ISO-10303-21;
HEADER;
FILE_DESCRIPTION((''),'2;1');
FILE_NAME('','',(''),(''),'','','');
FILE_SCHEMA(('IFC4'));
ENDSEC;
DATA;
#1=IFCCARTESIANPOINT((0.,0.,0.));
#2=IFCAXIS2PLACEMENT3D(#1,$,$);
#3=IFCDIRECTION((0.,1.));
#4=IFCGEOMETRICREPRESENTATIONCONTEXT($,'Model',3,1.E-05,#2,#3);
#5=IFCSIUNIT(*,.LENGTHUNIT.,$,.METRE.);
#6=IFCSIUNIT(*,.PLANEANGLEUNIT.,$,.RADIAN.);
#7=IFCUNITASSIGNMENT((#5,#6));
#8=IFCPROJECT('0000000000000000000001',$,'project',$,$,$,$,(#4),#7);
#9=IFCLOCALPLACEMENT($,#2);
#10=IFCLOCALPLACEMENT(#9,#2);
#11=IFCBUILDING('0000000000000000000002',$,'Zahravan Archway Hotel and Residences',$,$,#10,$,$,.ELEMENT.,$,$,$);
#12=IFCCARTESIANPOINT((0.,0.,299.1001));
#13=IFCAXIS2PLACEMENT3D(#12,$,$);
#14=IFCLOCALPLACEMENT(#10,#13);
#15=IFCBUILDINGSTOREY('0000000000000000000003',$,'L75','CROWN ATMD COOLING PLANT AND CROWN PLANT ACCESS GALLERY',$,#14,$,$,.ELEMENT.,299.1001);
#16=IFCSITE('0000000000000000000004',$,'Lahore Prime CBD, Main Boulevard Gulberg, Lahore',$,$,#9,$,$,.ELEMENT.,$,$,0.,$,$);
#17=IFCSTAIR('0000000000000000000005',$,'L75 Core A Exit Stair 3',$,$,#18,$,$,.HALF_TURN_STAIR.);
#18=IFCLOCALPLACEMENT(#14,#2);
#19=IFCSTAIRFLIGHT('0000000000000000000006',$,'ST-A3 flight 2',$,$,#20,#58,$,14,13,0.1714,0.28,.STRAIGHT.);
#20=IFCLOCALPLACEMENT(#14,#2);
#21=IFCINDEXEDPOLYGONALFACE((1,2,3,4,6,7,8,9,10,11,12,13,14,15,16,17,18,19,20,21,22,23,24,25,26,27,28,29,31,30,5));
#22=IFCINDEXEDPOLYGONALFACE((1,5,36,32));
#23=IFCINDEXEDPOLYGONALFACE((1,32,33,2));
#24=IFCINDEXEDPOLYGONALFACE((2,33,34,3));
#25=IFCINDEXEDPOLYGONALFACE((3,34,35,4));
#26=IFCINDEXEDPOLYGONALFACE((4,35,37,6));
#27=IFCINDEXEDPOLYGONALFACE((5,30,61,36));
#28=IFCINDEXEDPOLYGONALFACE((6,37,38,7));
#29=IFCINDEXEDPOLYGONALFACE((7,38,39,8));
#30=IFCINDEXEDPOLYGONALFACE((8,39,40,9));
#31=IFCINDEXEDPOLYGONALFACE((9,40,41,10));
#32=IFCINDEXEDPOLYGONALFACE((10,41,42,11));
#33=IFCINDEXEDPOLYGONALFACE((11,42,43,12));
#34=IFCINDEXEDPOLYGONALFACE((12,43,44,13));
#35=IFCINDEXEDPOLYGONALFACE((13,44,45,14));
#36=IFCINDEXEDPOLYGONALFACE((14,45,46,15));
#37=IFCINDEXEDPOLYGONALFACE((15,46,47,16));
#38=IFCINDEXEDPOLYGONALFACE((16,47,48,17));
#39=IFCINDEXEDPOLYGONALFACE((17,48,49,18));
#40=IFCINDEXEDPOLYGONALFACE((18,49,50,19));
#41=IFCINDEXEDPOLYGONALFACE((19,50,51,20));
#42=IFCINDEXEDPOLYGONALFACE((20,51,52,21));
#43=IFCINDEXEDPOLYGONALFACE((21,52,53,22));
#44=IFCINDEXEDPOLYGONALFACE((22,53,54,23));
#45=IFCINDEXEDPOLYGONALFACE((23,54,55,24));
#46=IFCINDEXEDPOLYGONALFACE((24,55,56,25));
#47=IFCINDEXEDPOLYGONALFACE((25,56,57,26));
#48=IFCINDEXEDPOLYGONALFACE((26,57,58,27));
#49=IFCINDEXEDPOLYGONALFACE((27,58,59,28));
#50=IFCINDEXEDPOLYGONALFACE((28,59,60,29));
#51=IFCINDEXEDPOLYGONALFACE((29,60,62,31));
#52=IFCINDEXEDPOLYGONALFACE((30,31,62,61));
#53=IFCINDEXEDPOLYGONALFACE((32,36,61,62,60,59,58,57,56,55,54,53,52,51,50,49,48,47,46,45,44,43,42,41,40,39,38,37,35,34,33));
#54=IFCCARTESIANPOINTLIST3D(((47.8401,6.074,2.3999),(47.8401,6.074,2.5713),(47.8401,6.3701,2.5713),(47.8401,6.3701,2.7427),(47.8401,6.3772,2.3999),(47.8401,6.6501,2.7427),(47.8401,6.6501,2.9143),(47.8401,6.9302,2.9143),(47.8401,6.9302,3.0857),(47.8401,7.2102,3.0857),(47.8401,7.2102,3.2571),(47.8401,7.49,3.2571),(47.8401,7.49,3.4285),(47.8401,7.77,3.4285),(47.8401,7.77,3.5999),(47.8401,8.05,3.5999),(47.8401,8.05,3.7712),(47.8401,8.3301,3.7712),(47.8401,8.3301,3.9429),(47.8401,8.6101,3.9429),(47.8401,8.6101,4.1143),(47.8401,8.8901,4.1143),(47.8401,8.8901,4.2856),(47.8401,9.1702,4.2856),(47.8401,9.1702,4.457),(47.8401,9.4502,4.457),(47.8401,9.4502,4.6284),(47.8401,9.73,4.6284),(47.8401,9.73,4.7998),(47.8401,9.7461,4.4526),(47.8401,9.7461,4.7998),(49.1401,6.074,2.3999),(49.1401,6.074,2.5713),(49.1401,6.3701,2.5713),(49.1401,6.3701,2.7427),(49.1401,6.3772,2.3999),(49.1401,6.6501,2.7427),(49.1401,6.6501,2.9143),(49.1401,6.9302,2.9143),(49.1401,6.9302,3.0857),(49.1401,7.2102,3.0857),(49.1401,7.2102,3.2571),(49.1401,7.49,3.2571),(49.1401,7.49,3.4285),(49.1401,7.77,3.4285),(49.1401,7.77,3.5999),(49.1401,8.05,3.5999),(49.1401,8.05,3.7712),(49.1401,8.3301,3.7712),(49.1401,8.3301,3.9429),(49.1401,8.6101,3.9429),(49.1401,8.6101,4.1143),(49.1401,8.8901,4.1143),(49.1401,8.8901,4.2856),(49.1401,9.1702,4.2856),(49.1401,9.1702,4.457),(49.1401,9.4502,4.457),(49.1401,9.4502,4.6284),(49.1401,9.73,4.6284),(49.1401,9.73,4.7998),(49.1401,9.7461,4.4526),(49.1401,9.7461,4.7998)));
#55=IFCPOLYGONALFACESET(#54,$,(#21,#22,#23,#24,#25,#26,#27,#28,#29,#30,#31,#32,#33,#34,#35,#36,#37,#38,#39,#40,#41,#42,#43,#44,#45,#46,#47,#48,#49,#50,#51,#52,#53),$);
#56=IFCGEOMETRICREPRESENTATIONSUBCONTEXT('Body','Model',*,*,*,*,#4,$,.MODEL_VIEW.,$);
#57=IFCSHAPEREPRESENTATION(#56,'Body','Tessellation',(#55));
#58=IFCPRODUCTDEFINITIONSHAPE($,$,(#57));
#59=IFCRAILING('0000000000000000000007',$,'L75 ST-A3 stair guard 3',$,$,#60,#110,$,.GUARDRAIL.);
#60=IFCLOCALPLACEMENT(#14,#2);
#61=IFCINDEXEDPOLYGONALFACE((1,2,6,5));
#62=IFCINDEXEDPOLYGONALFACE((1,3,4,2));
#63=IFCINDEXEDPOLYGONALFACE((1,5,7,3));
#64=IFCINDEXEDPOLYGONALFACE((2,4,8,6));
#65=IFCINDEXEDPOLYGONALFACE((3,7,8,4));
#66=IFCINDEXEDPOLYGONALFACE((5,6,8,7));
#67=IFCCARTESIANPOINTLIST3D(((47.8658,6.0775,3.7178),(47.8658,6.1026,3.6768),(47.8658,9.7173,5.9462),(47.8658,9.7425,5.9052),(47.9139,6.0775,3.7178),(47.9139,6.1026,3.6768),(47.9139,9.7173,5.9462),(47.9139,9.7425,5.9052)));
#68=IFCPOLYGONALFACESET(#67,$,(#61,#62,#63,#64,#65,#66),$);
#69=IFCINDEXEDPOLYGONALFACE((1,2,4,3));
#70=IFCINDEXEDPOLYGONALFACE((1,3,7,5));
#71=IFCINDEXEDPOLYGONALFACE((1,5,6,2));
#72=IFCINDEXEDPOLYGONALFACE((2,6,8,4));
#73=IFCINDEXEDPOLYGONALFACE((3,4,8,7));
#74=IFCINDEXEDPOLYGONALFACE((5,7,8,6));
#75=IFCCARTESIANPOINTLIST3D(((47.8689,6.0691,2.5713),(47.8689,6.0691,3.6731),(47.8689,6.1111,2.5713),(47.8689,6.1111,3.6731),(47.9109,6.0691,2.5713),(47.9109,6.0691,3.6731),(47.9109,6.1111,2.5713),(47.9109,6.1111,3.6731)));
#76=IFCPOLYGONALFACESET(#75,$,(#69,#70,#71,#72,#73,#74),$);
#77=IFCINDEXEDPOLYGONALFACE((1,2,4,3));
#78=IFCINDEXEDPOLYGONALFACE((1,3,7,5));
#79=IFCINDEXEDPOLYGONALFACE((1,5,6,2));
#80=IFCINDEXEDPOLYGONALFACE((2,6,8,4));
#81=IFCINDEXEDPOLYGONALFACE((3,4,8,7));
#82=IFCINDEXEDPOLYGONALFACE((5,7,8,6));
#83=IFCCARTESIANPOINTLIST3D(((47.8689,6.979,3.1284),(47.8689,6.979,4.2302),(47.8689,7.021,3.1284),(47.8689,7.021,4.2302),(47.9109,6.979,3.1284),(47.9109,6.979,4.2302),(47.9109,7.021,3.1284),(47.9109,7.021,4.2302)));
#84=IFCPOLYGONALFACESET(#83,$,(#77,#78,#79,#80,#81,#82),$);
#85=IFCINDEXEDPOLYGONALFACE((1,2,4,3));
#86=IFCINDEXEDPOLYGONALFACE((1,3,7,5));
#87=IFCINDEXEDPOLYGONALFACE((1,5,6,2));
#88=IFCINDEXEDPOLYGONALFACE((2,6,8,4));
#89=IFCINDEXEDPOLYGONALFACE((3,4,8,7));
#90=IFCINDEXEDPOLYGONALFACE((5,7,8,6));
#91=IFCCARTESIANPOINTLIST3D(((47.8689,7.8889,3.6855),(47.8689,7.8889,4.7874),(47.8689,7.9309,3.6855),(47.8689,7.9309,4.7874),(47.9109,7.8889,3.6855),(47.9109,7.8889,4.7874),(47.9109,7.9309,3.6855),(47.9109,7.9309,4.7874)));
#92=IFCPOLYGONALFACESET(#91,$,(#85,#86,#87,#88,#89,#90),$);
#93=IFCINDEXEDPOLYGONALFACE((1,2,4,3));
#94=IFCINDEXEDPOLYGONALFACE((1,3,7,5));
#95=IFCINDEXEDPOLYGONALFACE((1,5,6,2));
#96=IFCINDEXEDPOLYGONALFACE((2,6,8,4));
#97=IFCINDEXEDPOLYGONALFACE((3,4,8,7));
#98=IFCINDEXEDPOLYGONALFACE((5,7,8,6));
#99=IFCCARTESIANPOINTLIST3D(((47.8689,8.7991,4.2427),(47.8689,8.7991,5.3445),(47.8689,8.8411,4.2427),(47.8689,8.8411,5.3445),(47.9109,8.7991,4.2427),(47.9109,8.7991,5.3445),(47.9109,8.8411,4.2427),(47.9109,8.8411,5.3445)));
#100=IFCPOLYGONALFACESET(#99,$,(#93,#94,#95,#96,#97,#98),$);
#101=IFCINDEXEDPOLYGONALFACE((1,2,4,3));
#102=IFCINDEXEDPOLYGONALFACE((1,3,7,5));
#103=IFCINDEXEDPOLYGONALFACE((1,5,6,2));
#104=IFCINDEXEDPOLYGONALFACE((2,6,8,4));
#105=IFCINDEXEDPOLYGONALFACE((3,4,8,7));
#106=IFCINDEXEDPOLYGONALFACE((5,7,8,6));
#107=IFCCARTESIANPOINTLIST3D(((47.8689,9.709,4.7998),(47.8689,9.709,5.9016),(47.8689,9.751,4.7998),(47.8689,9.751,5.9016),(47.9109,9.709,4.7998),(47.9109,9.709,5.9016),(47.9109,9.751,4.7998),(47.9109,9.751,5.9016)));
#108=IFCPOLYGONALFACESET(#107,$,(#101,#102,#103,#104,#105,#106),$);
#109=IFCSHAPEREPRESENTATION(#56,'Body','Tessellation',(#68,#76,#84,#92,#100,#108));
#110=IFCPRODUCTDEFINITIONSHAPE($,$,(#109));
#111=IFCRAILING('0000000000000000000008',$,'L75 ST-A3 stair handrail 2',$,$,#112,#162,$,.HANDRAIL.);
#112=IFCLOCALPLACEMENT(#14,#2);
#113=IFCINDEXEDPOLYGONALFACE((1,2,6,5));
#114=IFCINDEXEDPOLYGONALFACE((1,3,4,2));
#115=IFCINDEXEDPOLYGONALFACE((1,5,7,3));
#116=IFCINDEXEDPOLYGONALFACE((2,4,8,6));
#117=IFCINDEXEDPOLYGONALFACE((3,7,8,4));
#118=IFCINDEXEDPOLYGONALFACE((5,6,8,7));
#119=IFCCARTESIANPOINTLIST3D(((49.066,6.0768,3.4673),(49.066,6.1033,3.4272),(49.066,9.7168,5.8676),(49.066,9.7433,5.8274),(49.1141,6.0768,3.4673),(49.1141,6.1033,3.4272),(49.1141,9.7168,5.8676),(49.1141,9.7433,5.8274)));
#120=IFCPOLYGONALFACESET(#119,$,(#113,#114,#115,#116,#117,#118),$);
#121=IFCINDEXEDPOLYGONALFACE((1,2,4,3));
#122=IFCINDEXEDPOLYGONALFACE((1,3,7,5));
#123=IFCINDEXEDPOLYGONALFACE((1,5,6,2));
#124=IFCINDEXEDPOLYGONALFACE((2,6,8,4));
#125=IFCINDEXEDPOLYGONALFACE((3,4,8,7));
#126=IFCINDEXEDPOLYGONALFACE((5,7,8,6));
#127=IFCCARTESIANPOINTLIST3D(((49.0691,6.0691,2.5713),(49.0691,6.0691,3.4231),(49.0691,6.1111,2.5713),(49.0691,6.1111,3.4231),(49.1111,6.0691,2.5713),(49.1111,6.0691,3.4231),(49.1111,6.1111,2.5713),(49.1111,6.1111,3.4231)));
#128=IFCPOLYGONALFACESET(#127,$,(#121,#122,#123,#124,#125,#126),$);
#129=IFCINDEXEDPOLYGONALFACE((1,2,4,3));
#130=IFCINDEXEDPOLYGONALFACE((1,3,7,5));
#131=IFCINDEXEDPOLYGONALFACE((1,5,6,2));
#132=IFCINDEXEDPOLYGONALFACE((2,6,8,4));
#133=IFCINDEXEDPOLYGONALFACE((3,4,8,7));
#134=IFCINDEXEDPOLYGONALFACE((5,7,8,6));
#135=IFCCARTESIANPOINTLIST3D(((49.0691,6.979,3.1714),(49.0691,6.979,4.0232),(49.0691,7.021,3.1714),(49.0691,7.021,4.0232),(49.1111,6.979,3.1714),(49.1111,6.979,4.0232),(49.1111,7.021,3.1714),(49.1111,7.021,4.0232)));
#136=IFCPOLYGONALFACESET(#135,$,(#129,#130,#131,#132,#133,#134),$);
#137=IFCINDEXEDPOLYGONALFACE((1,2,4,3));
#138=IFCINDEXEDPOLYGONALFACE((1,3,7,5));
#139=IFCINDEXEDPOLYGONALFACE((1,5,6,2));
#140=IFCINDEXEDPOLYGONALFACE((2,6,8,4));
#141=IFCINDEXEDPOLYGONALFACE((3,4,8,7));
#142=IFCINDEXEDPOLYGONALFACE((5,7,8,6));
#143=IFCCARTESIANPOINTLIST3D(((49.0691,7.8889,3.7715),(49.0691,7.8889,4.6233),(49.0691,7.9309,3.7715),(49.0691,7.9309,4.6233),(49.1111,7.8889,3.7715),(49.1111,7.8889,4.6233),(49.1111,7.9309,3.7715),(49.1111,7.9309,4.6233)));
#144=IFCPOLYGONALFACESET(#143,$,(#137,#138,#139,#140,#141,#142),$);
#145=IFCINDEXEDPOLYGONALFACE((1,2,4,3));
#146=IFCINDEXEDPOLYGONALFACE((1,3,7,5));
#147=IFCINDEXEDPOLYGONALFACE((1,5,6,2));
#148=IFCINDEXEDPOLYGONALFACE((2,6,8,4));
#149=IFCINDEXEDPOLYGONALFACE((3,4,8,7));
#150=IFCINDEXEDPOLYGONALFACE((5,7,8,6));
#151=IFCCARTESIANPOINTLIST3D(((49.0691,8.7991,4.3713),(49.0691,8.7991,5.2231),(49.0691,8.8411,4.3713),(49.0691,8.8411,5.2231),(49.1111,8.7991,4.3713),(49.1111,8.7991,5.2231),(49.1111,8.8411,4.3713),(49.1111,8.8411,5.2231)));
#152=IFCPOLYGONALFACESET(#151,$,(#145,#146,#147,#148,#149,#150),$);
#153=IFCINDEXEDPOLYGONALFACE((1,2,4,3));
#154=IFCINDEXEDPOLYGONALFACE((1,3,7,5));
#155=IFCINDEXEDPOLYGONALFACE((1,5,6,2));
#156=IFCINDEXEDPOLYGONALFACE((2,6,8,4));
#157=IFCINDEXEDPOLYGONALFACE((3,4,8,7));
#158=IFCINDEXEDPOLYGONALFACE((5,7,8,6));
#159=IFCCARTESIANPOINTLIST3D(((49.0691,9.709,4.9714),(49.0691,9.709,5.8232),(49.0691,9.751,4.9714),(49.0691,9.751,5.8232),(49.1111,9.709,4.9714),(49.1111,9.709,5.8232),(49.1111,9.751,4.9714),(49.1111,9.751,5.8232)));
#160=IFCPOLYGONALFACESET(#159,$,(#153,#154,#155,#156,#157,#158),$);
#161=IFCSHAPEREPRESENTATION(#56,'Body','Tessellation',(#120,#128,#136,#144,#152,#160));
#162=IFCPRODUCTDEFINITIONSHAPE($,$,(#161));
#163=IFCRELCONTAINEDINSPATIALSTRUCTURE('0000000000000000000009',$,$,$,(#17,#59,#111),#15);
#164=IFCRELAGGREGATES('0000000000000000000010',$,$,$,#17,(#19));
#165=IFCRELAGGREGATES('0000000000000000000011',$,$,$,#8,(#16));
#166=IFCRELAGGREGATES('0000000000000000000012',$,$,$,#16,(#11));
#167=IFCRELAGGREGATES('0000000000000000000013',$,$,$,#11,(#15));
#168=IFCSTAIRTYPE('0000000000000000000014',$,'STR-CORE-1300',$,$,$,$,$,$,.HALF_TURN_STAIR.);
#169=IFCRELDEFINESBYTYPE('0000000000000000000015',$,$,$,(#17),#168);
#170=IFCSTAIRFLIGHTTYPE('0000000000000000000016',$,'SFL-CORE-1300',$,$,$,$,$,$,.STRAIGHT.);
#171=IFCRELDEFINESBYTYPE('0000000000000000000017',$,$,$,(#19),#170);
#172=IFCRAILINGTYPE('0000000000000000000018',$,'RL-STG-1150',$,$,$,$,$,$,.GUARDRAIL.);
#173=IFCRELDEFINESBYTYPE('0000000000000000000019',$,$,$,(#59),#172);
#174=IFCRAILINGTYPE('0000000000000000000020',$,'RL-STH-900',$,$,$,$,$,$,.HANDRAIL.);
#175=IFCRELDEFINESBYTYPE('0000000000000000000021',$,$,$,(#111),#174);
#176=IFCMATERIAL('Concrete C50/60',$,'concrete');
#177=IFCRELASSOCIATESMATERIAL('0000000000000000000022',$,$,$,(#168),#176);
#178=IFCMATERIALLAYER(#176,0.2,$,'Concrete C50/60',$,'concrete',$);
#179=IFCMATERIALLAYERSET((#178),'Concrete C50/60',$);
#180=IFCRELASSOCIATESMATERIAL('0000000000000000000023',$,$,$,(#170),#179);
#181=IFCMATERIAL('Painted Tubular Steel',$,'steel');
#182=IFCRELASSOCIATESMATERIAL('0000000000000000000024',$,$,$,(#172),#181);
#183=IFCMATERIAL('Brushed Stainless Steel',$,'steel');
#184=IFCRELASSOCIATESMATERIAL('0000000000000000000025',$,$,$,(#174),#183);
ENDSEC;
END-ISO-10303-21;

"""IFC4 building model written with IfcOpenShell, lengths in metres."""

from ifc_helpers import new_model, si_unit, direction, frame, origin, origin_2d, place, context, subcontext, project, spatial, polyline, rectangle, outline, extrude, source, transform, mapped, material, layer, layer_set, type_object, element, aggregate, save


model = new_model("IFC4")

# Units and contexts
model_context = context("Model", 3, precision=1e-05, world=origin(), true_north=direction((0.0, 1.0)))
body_context = subcontext(model_context, "Body", "Model", "MODEL_VIEW")
ifc_project = project(units=[si_unit("LENGTHUNIT", "METRE"), si_unit("PLANEANGLEUNIT", "RADIAN")], contexts=[model_context])

# Site, building, storey
site_placement = place(None, origin())
site = spatial("IfcSite", under=ifc_project, at=site_placement, Name="Lahore Prime CBD, Main Boulevard Gulberg, Lahore", CompositionType="ELEMENT", RefElevation=0.0)
building_placement = place(site_placement, origin())
building = spatial("IfcBuilding", under=site, at=building_placement, Name="Zahravan Archway Hotel and Residences", CompositionType="ELEMENT")
storey_placement = place(building_placement, frame((0.0, 0.0, 299.1001)))
storey = spatial("IfcBuildingStorey", under=building, at=storey_placement, Name="L75", Description="CROWN ATMD COOLING PLANT AND CROWN PLANT ACCESS GALLERY", CompositionType="ELEMENT", Elevation=299.1001)

# Shared definitions
ifc_material_1 = material(Name="Concrete C50/60", Category="concrete")

# Stair, stair flight
stair_type = type_object("IfcStairType", Name="STR-CORE-1300", PredefinedType="HALF_TURN_STAIR", material=ifc_material_1)
stair_placement = place(storey_placement, origin())
stair = element("IfcStair", 1, at=stair_placement, inside=storey, type_object=stair_type, Name="L75 Core A Exit Stair 3", PredefinedType="HALF_TURN_STAIR")
ifc_layer_1 = layer(ifc_material_1, 0.2, Name="Concrete C50/60", Category="concrete")
ifc_layer_set_1 = layer_set([ifc_layer_1], Name="Concrete C50/60")
stair_flight_type = type_object("IfcStairFlightType", Name="SFL-CORE-1300", PredefinedType="STRAIGHT", material=ifc_layer_set_1)
shared_shape_1 = source(origin(), body_context, "Body", "SweptSolid", [
    extrude(outline(polyline([(-0.0161, 0.0), (-0.0161, 0.1714), (0.28, 0.1714), (0.28, 0.3428), (0.5601, 0.3428), (0.5601, 0.5144), (0.8401, 0.5144), (0.8401, 0.6858), (1.1201, 0.6858), (1.1201, 0.8572), (1.3999, 0.8572), (1.3999, 1.0286), (1.6799, 1.0286), (1.6799, 1.2), (1.96, 1.2), (1.96, 1.3713), (2.24, 1.3713), (2.24, 1.543), (2.52, 1.543), (2.52, 1.7144), (2.8, 1.7144), (2.8, 1.8857), (3.0801, 1.8857), (3.0801, 2.0571), (3.3601, 2.0571), (3.3601, 2.2285), (3.6399, 2.2285), (3.6399, 2.3999), (3.656, 2.3999), (3.656, 2.0527), (0.2871, 0.0), (-0.0161, 0.0)])), frame((0.0, 0.6499, 0.0), z_axis=(0.0, -1.0, 0.0), x_axis=(1.0, 0.0, 0.0)), (0.0, 0.0, 1.0), 1.3),
])
stair_flight_placement = place(storey_placement, frame((48.49, 6.0901, 2.3999), z_axis=(0.0, 0.0, 1.0), x_axis=(0.0, 1.0, 0.0)))
stair_flight = element("IfcStairFlight", 2, at=stair_flight_placement, type_object=stair_flight_type, Name="ST-A3 flight 2", NumberOfRisers=14, NumberOfTreads=13, PredefinedType="STRAIGHT", RiserHeight=0.1714, TreadLength=0.28, context=body_context, shape_type="MappedRepresentation", body=[
    mapped(shared_shape_1, transform((0.0, 0.0, 0.0), scale=1.0)),
])
aggregate(stair, [stair_flight])

# Railings
ifc_material_2 = material(Name="Painted Tubular Steel", Category="steel")
railing_type_1 = type_object("IfcRailingType", Name="RL-STG-1150", PredefinedType="GUARDRAIL", material=ifc_material_2)
railing_1_placement = place(storey_placement, frame((47.8899, 6.0901, 2.5713)))
element("IfcRailing", 3, at=railing_1_placement, inside=storey, type_object=railing_type_1, Name="L75 ST-A3 stair guard 3", PredefinedType="GUARDRAIL", context=body_context, shape_type="SweptSolid", body=[
    extrude(rectangle(XDim=0.0481, YDim=0.0481, at=origin_2d()), frame((0.0, 0.0, 1.126), z_axis=(0.0, 0.85285, 0.522156), x_axis=(-1.0, 0.0, 0.0)), (0.0, 0.0, 1.0), 4.2678),
    extrude(rectangle(XDim=0.042, YDim=0.042, at=origin_2d()), origin(), (0.0, 0.0, 1.0), 1.1018),
    extrude(rectangle(XDim=0.042, YDim=0.042, at=origin_2d()), frame((0.0, 0.9099, 0.5571)), (0.0, 0.0, 1.0), 1.1018),
    extrude(rectangle(XDim=0.042, YDim=0.042, at=origin_2d()), frame((0.0, 1.8198, 1.1143)), (0.0, 0.0, 1.0), 1.1018),
    extrude(rectangle(XDim=0.042, YDim=0.042, at=origin_2d()), frame((0.0, 2.73, 1.6714)), (0.0, 0.0, 1.0), 1.1018),
    extrude(rectangle(XDim=0.042, YDim=0.042, at=origin_2d()), frame((0.0, 3.6399, 2.2285)), (0.0, 0.0, 1.0), 1.1018),
])
ifc_material_3 = material(Name="Brushed Stainless Steel", Category="steel")
railing_type_2 = type_object("IfcRailingType", Name="RL-STH-900", PredefinedType="HANDRAIL", material=ifc_material_3)
railing_2_placement = place(storey_placement, frame((49.0901, 6.0901, 2.5713)))
element("IfcRailing", 4, at=railing_2_placement, inside=storey, type_object=railing_type_2, Name="L75 ST-A3 stair handrail 2", PredefinedType="HANDRAIL", context=body_context, shape_type="SweptSolid", body=[
    extrude(rectangle(XDim=0.0481, YDim=0.0481, at=origin_2d()), frame((0.0, 0.0, 0.876), z_axis=(0.0, 0.834839, 0.550493), x_axis=(-1.0, 0.0, 0.0)), (0.0, 0.0, 1.0), 4.3601),
    extrude(rectangle(XDim=0.042, YDim=0.042, at=origin_2d()), origin(), (0.0, 0.0, 1.0), 0.8518),
    extrude(rectangle(XDim=0.042, YDim=0.042, at=origin_2d()), frame((0.0, 0.9099, 0.6001)), (0.0, 0.0, 1.0), 0.8518),
    extrude(rectangle(XDim=0.042, YDim=0.042, at=origin_2d()), frame((0.0, 1.8198, 1.2002)), (0.0, 0.0, 1.0), 0.8518),
    extrude(rectangle(XDim=0.042, YDim=0.042, at=origin_2d()), frame((0.0, 2.73, 1.8)), (0.0, 0.0, 1.0), 0.8518),
    extrude(rectangle(XDim=0.042, YDim=0.042, at=origin_2d()), frame((0.0, 3.6399, 2.4001)), (0.0, 0.0, 1.0), 0.8518),
])

save(model, "model.ifc")
